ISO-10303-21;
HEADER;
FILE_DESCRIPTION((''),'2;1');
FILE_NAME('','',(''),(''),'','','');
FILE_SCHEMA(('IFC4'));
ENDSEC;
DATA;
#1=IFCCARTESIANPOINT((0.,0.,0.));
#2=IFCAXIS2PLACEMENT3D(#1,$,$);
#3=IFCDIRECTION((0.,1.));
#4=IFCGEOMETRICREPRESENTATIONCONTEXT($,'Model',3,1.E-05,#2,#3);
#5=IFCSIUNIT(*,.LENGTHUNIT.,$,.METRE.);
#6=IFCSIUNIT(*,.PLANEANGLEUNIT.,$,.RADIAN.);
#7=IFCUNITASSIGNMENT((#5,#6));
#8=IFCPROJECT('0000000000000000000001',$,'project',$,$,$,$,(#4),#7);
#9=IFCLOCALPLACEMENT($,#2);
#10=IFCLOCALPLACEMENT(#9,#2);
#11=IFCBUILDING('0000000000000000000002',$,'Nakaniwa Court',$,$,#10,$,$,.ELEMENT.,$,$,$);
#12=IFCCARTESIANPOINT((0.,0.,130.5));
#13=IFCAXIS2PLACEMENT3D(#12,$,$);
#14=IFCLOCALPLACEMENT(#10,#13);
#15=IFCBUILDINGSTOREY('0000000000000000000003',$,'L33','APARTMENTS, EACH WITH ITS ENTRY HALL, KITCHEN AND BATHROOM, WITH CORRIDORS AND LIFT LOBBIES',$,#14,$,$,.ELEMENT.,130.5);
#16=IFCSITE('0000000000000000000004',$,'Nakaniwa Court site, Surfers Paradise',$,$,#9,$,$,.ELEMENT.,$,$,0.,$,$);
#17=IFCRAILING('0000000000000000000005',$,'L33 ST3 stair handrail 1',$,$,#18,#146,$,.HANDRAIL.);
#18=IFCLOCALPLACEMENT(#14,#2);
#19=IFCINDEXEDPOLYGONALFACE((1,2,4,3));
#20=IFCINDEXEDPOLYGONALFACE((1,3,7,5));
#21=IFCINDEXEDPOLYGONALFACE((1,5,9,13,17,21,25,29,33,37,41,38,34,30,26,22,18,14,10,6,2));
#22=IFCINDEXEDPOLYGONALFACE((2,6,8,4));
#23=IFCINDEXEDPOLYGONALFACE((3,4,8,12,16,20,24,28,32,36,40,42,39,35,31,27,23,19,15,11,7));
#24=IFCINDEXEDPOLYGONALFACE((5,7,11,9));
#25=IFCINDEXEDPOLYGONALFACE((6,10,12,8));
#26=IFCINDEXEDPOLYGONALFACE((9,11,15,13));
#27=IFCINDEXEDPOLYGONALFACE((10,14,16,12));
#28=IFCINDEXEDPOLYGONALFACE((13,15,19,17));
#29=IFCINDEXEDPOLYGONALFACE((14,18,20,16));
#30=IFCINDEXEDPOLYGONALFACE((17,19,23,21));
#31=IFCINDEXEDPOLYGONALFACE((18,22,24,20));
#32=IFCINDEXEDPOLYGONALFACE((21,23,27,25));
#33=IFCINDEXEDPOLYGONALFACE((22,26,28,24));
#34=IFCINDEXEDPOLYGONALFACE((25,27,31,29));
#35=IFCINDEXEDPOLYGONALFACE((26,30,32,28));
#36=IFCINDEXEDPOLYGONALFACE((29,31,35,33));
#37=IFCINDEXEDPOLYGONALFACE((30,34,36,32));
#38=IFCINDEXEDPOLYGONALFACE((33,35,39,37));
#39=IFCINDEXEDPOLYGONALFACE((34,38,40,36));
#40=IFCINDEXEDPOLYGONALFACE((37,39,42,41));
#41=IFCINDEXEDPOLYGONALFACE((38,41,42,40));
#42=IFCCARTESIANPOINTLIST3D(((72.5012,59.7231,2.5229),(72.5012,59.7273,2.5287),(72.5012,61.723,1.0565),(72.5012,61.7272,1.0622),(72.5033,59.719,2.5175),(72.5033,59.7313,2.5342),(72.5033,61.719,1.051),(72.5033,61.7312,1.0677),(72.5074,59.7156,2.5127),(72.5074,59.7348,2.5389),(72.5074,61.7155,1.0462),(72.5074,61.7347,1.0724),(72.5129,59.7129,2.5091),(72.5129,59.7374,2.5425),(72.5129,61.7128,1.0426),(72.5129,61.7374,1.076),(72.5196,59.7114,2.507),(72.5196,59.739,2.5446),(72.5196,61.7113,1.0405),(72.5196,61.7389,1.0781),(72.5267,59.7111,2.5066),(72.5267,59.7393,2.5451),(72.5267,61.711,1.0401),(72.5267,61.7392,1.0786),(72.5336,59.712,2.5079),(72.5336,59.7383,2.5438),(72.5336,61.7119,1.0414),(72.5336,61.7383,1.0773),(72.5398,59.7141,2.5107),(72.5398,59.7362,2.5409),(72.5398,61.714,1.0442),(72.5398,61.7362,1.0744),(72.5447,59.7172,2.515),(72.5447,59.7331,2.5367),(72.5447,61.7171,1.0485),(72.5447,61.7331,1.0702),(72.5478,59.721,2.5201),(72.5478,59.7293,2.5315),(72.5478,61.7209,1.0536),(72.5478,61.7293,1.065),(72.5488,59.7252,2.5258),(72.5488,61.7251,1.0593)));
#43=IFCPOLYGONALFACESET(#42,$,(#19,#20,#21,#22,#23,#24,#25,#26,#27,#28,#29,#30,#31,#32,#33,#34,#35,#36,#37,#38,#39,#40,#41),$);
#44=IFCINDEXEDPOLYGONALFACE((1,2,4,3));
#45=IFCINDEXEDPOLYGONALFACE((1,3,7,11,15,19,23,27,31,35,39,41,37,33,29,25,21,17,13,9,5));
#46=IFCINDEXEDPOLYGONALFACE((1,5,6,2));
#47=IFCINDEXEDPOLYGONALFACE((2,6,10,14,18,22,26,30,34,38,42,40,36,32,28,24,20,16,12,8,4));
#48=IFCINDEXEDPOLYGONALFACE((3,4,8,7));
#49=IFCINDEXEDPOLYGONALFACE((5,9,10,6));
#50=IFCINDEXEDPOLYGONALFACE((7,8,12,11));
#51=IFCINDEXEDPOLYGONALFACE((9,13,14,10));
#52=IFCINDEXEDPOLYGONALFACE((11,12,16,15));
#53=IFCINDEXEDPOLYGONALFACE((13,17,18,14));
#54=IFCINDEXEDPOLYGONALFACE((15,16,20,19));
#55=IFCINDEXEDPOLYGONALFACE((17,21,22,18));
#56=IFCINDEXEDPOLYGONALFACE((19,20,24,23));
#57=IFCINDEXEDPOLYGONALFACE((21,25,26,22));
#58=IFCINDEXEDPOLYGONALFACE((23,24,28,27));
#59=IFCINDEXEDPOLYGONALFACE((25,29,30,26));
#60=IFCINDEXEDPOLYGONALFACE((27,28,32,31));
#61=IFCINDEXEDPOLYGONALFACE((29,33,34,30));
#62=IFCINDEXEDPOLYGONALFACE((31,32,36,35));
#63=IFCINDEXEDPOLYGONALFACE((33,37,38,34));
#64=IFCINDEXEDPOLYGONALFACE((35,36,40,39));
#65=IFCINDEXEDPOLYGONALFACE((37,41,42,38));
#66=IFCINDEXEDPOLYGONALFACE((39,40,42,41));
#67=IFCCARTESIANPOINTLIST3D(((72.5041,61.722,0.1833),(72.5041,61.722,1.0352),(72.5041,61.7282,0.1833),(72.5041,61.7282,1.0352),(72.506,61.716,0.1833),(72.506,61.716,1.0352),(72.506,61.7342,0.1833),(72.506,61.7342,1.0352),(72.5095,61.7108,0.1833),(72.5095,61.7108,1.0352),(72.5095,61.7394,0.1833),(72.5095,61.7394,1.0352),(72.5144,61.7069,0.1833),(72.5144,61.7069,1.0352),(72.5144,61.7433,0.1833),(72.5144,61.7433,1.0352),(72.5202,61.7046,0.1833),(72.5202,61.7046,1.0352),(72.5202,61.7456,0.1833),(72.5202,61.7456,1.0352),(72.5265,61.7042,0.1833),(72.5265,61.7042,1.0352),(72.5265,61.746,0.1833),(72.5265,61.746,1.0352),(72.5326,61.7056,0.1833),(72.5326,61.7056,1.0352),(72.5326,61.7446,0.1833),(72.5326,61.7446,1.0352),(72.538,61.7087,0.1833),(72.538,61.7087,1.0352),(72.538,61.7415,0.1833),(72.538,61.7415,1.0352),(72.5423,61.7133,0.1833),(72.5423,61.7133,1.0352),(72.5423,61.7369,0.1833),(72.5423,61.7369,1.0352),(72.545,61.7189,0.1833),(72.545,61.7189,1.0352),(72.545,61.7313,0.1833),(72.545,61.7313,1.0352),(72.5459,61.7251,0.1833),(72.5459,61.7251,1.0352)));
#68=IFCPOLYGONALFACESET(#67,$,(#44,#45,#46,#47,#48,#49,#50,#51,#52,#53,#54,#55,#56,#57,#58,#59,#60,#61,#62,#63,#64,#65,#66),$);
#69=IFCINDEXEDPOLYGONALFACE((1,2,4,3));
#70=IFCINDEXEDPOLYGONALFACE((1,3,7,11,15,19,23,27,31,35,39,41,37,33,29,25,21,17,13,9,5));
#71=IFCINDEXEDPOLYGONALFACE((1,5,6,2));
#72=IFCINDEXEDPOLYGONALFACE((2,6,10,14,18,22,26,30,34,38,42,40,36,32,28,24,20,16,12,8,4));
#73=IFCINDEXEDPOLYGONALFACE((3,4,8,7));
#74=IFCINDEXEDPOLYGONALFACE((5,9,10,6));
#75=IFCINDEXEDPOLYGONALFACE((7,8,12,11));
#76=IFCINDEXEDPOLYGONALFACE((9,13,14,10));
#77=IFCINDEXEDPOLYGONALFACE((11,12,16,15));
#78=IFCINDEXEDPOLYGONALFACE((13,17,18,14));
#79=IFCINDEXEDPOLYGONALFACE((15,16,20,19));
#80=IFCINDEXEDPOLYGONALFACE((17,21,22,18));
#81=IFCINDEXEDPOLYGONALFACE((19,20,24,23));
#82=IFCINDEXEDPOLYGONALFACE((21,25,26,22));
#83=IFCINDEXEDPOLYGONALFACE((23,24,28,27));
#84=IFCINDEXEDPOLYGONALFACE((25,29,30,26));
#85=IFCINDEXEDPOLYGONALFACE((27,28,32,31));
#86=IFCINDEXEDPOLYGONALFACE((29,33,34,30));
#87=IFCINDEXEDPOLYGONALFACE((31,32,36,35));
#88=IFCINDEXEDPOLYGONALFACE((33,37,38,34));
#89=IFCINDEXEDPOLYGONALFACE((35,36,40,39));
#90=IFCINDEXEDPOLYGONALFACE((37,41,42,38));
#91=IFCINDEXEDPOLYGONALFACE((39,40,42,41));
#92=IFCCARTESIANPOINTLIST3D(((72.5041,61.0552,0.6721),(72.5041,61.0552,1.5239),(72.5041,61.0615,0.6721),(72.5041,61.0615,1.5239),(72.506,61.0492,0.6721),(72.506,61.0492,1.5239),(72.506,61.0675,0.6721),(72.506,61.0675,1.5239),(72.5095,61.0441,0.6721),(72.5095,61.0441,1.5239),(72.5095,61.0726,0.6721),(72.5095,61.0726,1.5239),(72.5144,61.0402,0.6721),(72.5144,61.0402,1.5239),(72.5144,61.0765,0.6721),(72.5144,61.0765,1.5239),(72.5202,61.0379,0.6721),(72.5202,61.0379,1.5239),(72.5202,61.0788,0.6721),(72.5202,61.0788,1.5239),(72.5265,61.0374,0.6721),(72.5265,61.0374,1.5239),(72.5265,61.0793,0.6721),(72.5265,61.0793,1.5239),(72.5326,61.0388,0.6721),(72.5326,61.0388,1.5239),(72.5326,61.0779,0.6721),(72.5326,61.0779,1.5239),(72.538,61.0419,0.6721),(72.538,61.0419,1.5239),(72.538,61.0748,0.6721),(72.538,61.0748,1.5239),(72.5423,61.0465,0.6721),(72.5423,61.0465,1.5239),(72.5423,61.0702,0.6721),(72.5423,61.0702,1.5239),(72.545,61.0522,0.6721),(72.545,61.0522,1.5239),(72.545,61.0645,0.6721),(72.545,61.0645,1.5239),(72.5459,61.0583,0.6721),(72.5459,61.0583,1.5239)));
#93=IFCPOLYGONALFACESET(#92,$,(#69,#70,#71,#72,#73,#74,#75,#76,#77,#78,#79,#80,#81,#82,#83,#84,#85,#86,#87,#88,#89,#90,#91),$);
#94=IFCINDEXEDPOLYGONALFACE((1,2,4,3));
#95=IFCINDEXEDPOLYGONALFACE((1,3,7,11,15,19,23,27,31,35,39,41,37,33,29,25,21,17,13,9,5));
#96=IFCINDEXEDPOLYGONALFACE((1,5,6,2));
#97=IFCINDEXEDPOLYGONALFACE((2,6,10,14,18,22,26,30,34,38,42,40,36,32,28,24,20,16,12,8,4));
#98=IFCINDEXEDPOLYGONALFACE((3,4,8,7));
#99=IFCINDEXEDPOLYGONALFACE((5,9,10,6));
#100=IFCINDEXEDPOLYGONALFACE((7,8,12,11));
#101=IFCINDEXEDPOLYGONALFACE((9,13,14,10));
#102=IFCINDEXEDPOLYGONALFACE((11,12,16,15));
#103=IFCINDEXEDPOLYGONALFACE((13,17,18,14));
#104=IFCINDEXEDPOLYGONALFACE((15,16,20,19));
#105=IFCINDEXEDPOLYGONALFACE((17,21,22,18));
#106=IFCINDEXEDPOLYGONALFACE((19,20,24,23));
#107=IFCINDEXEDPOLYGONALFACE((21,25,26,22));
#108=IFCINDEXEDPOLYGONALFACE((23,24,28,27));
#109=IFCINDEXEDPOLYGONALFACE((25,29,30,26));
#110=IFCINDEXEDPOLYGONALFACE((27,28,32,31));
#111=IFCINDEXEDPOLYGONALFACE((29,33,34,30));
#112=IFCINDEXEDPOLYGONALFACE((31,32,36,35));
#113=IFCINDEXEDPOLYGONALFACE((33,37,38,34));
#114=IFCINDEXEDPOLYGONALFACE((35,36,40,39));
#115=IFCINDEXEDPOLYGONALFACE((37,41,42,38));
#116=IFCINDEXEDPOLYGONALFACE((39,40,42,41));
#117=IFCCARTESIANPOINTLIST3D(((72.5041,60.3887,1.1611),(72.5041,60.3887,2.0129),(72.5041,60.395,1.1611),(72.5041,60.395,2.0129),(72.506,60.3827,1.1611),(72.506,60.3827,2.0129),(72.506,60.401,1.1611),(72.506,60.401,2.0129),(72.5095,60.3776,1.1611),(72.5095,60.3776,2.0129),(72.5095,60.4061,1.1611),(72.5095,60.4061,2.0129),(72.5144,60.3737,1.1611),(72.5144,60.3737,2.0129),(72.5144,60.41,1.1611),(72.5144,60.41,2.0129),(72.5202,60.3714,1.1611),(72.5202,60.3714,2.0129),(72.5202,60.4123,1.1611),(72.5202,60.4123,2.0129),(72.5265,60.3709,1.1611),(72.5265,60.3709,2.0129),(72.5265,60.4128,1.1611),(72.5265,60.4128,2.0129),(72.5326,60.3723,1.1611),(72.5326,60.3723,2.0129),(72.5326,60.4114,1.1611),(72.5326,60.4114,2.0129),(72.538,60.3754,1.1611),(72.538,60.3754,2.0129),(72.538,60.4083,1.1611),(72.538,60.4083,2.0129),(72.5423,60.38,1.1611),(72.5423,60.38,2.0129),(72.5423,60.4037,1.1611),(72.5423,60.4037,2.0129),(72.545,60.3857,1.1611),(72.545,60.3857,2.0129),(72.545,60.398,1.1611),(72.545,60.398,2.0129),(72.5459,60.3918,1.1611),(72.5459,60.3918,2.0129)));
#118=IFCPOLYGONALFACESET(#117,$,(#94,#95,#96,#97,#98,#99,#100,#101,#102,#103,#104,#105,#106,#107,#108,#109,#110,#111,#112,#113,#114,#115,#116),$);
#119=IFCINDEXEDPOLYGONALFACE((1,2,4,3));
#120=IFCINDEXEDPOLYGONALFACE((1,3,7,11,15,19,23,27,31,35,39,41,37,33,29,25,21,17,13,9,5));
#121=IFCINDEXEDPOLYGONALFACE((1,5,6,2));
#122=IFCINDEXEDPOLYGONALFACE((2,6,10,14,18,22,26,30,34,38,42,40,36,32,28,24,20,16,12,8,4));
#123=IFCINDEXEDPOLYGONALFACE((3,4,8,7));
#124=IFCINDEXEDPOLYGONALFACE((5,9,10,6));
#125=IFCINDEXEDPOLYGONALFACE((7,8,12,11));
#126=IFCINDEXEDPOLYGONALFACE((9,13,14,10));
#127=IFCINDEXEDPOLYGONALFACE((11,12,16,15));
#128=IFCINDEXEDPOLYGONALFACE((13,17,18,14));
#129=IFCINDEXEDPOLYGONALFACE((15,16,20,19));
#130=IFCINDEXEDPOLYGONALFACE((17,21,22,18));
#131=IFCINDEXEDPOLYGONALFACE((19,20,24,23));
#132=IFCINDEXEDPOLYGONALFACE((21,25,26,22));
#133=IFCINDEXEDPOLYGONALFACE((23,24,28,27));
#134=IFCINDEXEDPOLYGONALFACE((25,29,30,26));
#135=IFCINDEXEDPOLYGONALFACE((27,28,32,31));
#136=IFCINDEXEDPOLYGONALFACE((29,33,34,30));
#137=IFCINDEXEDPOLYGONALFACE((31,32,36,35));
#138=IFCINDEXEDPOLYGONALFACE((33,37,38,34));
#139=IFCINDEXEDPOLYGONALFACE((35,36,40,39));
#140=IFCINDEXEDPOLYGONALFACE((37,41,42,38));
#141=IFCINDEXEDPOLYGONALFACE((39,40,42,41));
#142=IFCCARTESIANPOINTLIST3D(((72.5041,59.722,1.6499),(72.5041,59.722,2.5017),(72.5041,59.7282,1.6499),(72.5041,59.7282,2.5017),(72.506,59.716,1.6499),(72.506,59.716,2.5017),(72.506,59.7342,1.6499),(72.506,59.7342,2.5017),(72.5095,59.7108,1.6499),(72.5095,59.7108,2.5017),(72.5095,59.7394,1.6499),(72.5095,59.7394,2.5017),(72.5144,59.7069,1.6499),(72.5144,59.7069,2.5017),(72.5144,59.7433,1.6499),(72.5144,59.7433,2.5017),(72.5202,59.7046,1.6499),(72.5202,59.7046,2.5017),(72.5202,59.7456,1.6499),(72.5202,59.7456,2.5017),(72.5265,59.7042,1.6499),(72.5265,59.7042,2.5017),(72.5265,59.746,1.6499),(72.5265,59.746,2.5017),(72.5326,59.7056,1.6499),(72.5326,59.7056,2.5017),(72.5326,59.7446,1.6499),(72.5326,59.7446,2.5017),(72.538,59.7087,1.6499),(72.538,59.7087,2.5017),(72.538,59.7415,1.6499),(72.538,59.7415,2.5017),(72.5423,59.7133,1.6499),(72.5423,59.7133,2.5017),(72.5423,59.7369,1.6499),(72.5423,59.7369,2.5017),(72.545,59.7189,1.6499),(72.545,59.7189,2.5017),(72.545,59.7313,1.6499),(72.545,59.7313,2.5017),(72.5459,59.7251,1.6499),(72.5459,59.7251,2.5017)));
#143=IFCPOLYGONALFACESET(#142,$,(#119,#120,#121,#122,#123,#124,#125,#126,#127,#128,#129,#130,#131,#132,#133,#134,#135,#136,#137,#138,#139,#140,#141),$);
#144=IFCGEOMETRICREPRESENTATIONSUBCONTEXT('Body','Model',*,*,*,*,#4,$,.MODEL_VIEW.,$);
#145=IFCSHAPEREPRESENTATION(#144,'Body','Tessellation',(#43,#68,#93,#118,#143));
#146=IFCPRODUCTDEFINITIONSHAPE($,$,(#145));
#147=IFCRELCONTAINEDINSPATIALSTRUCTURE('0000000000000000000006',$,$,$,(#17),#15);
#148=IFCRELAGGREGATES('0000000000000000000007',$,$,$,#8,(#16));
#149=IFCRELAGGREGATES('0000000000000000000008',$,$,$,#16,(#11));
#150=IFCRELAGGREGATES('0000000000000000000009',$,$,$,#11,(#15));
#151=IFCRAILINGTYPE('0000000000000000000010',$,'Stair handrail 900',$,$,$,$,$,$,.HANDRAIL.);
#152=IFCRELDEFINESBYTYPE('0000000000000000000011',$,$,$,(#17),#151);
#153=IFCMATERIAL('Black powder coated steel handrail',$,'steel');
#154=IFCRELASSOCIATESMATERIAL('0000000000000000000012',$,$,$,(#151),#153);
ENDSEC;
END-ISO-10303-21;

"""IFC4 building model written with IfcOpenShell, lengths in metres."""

from ifc_helpers import new_model, si_unit, direction, frame, origin, origin_2d, place, context, subcontext, project, spatial, circle, extrude, material, type_object, element, save


model = new_model("IFC4")

# Units and contexts
model_context = context("Model", 3, precision=1e-05, world=origin(), true_north=direction((0.0, 1.0)))
body_context = subcontext(model_context, "Body", "Model", "MODEL_VIEW")
ifc_project = project(units=[si_unit("LENGTHUNIT", "METRE"), si_unit("PLANEANGLEUNIT", "RADIAN")], contexts=[model_context])

# Site, building, storey
site_placement = place(None, origin())
site = spatial("IfcSite", under=ifc_project, at=site_placement, Name="Nakaniwa Court site, Surfers Paradise", CompositionType="ELEMENT", RefElevation=0.0)
building_placement = place(site_placement, origin())
building = spatial("IfcBuilding", under=site, at=building_placement, Name="Nakaniwa Court", CompositionType="ELEMENT")
storey_placement = place(building_placement, frame((0.0, 0.0, 130.5)))
storey = spatial("IfcBuildingStorey", under=building, at=storey_placement, Name="L33", Description="APARTMENTS, EACH WITH ITS ENTRY HALL, KITCHEN AND BATHROOM, WITH CORRIDORS AND LIFT LOBBIES", CompositionType="ELEMENT", Elevation=130.5)

# Railing
ifc_material_1 = material(Name="Black powder coated steel handrail", Category="steel")
railing_type_1 = type_object("IfcRailingType", Name="Stair handrail 900", PredefinedType="HANDRAIL", material=ifc_material_1)
railing_1_placement = place(storey_placement, frame((72.5249, 61.7251, 0.1833)))
element("IfcRailing", 1, at=railing_1_placement, inside=storey, type_object=railing_type_1, Name="L33 ST3 stair handrail 1", PredefinedType="HANDRAIL", context=body_context, shape_type="SweptSolid", body=[
    extrude(circle(Radius=0.0239, at=origin_2d()), frame((0.0, 0.0, 0.876), z_axis=(0.0, -0.806427, 0.591334), x_axis=(1.0, 0.0, 0.0)), (0.0, 0.0, 1.0), 2.48),
    extrude(circle(Radius=0.021, at=origin_2d()), origin(), (0.0, 0.0, 1.0), 0.8518),
    extrude(circle(Radius=0.021, at=origin_2d()), frame((0.0, -0.6667, 0.4888)), (0.0, 0.0, 1.0), 0.8518),
    extrude(circle(Radius=0.021, at=origin_2d()), frame((0.0, -1.3333, 0.9778)), (0.0, 0.0, 1.0), 0.8518),
    extrude(circle(Radius=0.021, at=origin_2d()), frame((0.0, -2.0, 1.4666)), (0.0, 0.0, 1.0), 0.8518),
])

save(model, "model.ifc")
